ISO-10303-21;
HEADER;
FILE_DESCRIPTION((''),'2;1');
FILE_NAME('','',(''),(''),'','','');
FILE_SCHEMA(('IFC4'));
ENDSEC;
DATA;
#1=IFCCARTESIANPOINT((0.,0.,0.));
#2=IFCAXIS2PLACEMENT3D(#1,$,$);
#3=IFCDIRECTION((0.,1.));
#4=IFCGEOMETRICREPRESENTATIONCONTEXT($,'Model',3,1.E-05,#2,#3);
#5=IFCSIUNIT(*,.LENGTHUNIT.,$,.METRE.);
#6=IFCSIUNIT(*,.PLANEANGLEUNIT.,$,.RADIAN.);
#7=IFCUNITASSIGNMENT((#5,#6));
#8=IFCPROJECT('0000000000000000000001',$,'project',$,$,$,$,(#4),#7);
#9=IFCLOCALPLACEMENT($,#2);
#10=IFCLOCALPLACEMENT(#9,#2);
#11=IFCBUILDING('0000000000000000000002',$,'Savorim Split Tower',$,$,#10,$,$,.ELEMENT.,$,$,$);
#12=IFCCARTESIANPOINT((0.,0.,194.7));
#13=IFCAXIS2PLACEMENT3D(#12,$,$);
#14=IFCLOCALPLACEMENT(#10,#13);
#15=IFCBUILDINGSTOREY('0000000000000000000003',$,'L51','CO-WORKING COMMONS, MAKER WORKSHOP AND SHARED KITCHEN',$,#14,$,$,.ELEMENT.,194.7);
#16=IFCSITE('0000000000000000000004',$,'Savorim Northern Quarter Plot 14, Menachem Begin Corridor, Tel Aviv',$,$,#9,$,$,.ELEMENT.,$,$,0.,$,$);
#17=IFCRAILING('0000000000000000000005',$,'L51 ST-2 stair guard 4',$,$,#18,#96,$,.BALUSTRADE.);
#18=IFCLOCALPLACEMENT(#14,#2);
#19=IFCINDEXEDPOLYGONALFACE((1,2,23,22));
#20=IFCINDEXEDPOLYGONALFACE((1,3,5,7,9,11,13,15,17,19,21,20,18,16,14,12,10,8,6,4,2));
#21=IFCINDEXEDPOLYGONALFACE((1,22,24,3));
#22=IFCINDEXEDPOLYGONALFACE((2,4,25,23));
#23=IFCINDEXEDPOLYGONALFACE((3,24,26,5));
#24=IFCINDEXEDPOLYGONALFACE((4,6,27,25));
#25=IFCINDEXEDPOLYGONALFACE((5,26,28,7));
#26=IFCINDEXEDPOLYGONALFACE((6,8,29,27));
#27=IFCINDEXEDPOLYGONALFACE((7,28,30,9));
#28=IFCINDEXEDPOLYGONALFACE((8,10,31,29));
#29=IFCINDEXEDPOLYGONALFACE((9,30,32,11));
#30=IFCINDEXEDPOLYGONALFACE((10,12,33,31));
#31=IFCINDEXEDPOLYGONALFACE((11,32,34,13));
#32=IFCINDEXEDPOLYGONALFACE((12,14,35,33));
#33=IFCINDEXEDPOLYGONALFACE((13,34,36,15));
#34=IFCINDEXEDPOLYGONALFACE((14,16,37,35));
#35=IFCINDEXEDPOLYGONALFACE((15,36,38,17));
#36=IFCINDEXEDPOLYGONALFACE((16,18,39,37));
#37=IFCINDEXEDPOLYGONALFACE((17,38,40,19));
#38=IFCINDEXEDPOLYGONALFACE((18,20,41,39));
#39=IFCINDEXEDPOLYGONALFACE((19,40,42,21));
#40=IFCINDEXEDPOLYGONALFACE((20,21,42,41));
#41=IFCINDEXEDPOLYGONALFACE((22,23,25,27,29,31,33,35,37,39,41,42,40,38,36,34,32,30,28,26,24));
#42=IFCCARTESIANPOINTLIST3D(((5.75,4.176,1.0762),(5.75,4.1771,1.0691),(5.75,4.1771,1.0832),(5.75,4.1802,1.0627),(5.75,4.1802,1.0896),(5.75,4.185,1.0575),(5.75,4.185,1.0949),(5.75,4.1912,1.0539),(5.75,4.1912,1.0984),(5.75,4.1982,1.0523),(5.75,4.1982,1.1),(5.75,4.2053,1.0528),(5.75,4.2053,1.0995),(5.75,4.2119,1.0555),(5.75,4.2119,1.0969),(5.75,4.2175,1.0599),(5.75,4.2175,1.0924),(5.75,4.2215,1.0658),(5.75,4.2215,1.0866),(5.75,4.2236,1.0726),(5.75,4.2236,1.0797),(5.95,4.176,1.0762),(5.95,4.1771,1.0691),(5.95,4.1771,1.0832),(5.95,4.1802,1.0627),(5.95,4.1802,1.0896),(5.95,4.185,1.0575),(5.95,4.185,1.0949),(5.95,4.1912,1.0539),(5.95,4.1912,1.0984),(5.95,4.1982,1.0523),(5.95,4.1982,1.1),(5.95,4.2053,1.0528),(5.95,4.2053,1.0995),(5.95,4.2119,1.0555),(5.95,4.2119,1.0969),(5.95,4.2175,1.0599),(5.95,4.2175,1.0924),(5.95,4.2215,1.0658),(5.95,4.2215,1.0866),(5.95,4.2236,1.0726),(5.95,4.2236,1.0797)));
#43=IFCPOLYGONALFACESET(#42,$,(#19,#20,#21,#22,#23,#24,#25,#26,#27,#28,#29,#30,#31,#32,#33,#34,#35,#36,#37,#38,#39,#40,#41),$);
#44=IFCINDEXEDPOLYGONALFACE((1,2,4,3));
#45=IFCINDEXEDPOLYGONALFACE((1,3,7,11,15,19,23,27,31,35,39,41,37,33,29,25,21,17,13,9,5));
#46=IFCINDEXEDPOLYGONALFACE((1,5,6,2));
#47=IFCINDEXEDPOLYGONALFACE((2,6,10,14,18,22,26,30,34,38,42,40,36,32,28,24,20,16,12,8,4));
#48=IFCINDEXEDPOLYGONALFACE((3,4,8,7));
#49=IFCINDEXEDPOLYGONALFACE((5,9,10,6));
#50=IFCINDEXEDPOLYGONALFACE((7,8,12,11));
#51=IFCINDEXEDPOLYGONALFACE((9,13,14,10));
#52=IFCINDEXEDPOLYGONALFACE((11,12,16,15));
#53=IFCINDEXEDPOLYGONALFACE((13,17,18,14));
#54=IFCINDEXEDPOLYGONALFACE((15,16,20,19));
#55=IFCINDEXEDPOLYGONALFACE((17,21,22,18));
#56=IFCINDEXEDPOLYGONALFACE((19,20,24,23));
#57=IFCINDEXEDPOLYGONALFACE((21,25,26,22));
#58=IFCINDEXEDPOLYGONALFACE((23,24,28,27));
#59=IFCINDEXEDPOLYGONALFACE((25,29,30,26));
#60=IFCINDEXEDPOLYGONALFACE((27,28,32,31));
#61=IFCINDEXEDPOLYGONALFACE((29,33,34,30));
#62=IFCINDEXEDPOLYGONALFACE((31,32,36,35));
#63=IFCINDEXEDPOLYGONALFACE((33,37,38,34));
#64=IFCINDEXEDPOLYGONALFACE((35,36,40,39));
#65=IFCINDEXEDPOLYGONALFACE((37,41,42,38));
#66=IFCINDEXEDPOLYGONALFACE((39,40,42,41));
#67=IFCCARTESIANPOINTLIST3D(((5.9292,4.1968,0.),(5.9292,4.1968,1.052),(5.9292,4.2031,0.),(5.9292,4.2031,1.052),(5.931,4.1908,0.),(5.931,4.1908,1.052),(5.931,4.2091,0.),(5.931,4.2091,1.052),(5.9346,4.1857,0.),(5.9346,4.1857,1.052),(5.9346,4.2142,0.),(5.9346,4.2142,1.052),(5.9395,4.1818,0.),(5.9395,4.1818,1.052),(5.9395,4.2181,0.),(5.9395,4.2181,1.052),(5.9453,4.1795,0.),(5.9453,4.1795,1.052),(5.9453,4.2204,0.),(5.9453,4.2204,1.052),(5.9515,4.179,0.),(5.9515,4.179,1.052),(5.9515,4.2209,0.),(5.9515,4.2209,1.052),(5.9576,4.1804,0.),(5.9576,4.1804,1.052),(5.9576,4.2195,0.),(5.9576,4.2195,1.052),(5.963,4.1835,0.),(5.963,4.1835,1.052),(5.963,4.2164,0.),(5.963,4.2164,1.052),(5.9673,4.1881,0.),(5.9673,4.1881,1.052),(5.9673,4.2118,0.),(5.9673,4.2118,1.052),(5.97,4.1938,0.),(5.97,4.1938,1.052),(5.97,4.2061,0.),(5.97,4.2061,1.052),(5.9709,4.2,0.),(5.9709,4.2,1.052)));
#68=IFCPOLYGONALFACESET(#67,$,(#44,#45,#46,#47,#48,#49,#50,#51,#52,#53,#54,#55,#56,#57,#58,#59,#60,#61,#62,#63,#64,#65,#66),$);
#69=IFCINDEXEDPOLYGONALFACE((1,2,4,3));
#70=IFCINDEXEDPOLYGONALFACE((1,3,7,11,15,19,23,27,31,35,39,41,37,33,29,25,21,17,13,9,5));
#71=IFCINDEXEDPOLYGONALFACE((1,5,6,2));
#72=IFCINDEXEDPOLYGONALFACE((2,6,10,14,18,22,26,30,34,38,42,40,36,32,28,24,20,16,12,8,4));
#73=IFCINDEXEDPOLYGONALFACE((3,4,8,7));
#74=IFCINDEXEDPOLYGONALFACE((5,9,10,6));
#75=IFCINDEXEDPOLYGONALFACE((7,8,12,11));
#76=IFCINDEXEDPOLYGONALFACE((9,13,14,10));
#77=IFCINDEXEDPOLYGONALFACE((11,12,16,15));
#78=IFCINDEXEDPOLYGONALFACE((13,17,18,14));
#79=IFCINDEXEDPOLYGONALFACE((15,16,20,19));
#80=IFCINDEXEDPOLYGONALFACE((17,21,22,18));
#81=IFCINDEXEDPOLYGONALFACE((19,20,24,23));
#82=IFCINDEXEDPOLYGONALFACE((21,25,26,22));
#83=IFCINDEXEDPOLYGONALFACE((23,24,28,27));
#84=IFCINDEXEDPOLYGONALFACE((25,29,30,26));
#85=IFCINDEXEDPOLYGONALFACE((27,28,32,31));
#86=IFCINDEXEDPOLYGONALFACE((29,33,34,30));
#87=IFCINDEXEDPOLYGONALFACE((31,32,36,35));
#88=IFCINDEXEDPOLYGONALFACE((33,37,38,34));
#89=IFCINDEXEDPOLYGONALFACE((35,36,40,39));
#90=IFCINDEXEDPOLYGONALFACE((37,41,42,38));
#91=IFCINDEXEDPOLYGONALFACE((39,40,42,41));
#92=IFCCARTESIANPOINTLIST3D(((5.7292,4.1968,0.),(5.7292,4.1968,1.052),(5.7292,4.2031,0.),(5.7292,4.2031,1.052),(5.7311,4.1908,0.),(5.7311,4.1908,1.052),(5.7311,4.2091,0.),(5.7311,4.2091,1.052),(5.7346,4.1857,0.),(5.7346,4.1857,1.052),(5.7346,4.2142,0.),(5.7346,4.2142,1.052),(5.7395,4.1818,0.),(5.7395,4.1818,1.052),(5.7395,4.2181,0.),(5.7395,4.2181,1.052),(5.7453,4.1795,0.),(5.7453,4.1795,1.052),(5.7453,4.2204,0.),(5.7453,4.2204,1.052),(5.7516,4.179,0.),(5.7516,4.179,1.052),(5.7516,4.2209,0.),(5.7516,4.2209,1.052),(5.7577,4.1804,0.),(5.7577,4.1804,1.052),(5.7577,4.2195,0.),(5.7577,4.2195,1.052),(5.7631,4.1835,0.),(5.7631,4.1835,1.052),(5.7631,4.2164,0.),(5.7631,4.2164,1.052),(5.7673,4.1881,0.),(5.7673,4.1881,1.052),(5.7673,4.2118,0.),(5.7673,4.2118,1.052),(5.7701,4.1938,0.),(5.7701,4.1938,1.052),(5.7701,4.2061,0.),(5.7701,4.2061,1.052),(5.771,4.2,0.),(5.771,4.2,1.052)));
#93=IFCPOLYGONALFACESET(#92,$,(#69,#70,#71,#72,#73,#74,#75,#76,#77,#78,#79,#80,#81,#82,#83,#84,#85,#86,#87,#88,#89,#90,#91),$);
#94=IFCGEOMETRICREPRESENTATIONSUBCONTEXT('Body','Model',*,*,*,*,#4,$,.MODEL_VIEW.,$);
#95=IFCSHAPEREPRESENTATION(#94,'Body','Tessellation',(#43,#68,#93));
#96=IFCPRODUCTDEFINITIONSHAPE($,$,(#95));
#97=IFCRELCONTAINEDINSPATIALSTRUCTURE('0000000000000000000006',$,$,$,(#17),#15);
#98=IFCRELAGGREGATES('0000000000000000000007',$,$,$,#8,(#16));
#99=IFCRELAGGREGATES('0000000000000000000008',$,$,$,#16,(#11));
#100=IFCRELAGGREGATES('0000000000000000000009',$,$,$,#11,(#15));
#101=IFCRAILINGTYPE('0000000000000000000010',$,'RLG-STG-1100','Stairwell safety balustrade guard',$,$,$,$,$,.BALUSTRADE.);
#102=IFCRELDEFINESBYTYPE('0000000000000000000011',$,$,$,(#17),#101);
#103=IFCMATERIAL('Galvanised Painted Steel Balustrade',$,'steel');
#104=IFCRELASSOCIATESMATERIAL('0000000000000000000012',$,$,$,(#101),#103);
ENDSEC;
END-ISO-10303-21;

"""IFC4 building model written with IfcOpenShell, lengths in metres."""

from ifc_helpers import new_model, si_unit, direction, frame, origin, origin_2d, place, context, subcontext, project, spatial, circle, extrude, material, type_object, element, save


model = new_model("IFC4")

# Units and contexts
model_context = context("Model", 3, precision=1e-05, world=origin(), true_north=direction((0.0, 1.0)))
body_context = subcontext(model_context, "Body", "Model", "MODEL_VIEW")
ifc_project = project(units=[si_unit("LENGTHUNIT", "METRE"), si_unit("PLANEANGLEUNIT", "RADIAN")], contexts=[model_context])

# Site, building, storey
site_placement = place(None, origin())
site = spatial("IfcSite", under=ifc_project, at=site_placement, Name="Savorim Northern Quarter Plot 14, Menachem Begin Corridor, Tel Aviv", CompositionType="ELEMENT", RefElevation=0.0)
building_placement = place(site_placement, origin())
building = spatial("IfcBuilding", under=site, at=building_placement, Name="Savorim Split Tower", CompositionType="ELEMENT")
storey_placement = place(building_placement, frame((0.0, 0.0, 194.7)))
storey = spatial("IfcBuildingStorey", under=building, at=storey_placement, Name="L51", Description="CO-WORKING COMMONS, MAKER WORKSHOP AND SHARED KITCHEN", CompositionType="ELEMENT", Elevation=194.7)

# Railing
ifc_material_1 = material(Name="Galvanised Painted Steel Balustrade", Category="steel")
railing_type_1 = type_object("IfcRailingType", Name="RLG-STG-1100", Description="Stairwell safety balustrade guard", PredefinedType="BALUSTRADE", material=ifc_material_1)
railing_1_placement = place(storey_placement, frame((5.95, 4.2, 0.0)))
element("IfcRailing", 1, at=railing_1_placement, inside=storey, type_object=railing_type_1, Name="L51 ST-2 stair guard 4", PredefinedType="BALUSTRADE", context=body_context, shape_type="SweptSolid", body=[
    extrude(circle(Radius=0.0239, at=origin_2d()), frame((0.0, 0.0, 1.0762), z_axis=(-1.0, 0.0, 0.0), x_axis=(0.0, -1.0, 0.0)), (0.0, 0.0, 1.0), 0.2),
    extrude(circle(Radius=0.021, at=origin_2d()), origin(), (0.0, 0.0, 1.0), 1.052),
    extrude(circle(Radius=0.021, at=origin_2d()), frame((-0.2, 0.0, 0.0)), (0.0, 0.0, 1.0), 1.052),
])

save(model, "model.ifc")
